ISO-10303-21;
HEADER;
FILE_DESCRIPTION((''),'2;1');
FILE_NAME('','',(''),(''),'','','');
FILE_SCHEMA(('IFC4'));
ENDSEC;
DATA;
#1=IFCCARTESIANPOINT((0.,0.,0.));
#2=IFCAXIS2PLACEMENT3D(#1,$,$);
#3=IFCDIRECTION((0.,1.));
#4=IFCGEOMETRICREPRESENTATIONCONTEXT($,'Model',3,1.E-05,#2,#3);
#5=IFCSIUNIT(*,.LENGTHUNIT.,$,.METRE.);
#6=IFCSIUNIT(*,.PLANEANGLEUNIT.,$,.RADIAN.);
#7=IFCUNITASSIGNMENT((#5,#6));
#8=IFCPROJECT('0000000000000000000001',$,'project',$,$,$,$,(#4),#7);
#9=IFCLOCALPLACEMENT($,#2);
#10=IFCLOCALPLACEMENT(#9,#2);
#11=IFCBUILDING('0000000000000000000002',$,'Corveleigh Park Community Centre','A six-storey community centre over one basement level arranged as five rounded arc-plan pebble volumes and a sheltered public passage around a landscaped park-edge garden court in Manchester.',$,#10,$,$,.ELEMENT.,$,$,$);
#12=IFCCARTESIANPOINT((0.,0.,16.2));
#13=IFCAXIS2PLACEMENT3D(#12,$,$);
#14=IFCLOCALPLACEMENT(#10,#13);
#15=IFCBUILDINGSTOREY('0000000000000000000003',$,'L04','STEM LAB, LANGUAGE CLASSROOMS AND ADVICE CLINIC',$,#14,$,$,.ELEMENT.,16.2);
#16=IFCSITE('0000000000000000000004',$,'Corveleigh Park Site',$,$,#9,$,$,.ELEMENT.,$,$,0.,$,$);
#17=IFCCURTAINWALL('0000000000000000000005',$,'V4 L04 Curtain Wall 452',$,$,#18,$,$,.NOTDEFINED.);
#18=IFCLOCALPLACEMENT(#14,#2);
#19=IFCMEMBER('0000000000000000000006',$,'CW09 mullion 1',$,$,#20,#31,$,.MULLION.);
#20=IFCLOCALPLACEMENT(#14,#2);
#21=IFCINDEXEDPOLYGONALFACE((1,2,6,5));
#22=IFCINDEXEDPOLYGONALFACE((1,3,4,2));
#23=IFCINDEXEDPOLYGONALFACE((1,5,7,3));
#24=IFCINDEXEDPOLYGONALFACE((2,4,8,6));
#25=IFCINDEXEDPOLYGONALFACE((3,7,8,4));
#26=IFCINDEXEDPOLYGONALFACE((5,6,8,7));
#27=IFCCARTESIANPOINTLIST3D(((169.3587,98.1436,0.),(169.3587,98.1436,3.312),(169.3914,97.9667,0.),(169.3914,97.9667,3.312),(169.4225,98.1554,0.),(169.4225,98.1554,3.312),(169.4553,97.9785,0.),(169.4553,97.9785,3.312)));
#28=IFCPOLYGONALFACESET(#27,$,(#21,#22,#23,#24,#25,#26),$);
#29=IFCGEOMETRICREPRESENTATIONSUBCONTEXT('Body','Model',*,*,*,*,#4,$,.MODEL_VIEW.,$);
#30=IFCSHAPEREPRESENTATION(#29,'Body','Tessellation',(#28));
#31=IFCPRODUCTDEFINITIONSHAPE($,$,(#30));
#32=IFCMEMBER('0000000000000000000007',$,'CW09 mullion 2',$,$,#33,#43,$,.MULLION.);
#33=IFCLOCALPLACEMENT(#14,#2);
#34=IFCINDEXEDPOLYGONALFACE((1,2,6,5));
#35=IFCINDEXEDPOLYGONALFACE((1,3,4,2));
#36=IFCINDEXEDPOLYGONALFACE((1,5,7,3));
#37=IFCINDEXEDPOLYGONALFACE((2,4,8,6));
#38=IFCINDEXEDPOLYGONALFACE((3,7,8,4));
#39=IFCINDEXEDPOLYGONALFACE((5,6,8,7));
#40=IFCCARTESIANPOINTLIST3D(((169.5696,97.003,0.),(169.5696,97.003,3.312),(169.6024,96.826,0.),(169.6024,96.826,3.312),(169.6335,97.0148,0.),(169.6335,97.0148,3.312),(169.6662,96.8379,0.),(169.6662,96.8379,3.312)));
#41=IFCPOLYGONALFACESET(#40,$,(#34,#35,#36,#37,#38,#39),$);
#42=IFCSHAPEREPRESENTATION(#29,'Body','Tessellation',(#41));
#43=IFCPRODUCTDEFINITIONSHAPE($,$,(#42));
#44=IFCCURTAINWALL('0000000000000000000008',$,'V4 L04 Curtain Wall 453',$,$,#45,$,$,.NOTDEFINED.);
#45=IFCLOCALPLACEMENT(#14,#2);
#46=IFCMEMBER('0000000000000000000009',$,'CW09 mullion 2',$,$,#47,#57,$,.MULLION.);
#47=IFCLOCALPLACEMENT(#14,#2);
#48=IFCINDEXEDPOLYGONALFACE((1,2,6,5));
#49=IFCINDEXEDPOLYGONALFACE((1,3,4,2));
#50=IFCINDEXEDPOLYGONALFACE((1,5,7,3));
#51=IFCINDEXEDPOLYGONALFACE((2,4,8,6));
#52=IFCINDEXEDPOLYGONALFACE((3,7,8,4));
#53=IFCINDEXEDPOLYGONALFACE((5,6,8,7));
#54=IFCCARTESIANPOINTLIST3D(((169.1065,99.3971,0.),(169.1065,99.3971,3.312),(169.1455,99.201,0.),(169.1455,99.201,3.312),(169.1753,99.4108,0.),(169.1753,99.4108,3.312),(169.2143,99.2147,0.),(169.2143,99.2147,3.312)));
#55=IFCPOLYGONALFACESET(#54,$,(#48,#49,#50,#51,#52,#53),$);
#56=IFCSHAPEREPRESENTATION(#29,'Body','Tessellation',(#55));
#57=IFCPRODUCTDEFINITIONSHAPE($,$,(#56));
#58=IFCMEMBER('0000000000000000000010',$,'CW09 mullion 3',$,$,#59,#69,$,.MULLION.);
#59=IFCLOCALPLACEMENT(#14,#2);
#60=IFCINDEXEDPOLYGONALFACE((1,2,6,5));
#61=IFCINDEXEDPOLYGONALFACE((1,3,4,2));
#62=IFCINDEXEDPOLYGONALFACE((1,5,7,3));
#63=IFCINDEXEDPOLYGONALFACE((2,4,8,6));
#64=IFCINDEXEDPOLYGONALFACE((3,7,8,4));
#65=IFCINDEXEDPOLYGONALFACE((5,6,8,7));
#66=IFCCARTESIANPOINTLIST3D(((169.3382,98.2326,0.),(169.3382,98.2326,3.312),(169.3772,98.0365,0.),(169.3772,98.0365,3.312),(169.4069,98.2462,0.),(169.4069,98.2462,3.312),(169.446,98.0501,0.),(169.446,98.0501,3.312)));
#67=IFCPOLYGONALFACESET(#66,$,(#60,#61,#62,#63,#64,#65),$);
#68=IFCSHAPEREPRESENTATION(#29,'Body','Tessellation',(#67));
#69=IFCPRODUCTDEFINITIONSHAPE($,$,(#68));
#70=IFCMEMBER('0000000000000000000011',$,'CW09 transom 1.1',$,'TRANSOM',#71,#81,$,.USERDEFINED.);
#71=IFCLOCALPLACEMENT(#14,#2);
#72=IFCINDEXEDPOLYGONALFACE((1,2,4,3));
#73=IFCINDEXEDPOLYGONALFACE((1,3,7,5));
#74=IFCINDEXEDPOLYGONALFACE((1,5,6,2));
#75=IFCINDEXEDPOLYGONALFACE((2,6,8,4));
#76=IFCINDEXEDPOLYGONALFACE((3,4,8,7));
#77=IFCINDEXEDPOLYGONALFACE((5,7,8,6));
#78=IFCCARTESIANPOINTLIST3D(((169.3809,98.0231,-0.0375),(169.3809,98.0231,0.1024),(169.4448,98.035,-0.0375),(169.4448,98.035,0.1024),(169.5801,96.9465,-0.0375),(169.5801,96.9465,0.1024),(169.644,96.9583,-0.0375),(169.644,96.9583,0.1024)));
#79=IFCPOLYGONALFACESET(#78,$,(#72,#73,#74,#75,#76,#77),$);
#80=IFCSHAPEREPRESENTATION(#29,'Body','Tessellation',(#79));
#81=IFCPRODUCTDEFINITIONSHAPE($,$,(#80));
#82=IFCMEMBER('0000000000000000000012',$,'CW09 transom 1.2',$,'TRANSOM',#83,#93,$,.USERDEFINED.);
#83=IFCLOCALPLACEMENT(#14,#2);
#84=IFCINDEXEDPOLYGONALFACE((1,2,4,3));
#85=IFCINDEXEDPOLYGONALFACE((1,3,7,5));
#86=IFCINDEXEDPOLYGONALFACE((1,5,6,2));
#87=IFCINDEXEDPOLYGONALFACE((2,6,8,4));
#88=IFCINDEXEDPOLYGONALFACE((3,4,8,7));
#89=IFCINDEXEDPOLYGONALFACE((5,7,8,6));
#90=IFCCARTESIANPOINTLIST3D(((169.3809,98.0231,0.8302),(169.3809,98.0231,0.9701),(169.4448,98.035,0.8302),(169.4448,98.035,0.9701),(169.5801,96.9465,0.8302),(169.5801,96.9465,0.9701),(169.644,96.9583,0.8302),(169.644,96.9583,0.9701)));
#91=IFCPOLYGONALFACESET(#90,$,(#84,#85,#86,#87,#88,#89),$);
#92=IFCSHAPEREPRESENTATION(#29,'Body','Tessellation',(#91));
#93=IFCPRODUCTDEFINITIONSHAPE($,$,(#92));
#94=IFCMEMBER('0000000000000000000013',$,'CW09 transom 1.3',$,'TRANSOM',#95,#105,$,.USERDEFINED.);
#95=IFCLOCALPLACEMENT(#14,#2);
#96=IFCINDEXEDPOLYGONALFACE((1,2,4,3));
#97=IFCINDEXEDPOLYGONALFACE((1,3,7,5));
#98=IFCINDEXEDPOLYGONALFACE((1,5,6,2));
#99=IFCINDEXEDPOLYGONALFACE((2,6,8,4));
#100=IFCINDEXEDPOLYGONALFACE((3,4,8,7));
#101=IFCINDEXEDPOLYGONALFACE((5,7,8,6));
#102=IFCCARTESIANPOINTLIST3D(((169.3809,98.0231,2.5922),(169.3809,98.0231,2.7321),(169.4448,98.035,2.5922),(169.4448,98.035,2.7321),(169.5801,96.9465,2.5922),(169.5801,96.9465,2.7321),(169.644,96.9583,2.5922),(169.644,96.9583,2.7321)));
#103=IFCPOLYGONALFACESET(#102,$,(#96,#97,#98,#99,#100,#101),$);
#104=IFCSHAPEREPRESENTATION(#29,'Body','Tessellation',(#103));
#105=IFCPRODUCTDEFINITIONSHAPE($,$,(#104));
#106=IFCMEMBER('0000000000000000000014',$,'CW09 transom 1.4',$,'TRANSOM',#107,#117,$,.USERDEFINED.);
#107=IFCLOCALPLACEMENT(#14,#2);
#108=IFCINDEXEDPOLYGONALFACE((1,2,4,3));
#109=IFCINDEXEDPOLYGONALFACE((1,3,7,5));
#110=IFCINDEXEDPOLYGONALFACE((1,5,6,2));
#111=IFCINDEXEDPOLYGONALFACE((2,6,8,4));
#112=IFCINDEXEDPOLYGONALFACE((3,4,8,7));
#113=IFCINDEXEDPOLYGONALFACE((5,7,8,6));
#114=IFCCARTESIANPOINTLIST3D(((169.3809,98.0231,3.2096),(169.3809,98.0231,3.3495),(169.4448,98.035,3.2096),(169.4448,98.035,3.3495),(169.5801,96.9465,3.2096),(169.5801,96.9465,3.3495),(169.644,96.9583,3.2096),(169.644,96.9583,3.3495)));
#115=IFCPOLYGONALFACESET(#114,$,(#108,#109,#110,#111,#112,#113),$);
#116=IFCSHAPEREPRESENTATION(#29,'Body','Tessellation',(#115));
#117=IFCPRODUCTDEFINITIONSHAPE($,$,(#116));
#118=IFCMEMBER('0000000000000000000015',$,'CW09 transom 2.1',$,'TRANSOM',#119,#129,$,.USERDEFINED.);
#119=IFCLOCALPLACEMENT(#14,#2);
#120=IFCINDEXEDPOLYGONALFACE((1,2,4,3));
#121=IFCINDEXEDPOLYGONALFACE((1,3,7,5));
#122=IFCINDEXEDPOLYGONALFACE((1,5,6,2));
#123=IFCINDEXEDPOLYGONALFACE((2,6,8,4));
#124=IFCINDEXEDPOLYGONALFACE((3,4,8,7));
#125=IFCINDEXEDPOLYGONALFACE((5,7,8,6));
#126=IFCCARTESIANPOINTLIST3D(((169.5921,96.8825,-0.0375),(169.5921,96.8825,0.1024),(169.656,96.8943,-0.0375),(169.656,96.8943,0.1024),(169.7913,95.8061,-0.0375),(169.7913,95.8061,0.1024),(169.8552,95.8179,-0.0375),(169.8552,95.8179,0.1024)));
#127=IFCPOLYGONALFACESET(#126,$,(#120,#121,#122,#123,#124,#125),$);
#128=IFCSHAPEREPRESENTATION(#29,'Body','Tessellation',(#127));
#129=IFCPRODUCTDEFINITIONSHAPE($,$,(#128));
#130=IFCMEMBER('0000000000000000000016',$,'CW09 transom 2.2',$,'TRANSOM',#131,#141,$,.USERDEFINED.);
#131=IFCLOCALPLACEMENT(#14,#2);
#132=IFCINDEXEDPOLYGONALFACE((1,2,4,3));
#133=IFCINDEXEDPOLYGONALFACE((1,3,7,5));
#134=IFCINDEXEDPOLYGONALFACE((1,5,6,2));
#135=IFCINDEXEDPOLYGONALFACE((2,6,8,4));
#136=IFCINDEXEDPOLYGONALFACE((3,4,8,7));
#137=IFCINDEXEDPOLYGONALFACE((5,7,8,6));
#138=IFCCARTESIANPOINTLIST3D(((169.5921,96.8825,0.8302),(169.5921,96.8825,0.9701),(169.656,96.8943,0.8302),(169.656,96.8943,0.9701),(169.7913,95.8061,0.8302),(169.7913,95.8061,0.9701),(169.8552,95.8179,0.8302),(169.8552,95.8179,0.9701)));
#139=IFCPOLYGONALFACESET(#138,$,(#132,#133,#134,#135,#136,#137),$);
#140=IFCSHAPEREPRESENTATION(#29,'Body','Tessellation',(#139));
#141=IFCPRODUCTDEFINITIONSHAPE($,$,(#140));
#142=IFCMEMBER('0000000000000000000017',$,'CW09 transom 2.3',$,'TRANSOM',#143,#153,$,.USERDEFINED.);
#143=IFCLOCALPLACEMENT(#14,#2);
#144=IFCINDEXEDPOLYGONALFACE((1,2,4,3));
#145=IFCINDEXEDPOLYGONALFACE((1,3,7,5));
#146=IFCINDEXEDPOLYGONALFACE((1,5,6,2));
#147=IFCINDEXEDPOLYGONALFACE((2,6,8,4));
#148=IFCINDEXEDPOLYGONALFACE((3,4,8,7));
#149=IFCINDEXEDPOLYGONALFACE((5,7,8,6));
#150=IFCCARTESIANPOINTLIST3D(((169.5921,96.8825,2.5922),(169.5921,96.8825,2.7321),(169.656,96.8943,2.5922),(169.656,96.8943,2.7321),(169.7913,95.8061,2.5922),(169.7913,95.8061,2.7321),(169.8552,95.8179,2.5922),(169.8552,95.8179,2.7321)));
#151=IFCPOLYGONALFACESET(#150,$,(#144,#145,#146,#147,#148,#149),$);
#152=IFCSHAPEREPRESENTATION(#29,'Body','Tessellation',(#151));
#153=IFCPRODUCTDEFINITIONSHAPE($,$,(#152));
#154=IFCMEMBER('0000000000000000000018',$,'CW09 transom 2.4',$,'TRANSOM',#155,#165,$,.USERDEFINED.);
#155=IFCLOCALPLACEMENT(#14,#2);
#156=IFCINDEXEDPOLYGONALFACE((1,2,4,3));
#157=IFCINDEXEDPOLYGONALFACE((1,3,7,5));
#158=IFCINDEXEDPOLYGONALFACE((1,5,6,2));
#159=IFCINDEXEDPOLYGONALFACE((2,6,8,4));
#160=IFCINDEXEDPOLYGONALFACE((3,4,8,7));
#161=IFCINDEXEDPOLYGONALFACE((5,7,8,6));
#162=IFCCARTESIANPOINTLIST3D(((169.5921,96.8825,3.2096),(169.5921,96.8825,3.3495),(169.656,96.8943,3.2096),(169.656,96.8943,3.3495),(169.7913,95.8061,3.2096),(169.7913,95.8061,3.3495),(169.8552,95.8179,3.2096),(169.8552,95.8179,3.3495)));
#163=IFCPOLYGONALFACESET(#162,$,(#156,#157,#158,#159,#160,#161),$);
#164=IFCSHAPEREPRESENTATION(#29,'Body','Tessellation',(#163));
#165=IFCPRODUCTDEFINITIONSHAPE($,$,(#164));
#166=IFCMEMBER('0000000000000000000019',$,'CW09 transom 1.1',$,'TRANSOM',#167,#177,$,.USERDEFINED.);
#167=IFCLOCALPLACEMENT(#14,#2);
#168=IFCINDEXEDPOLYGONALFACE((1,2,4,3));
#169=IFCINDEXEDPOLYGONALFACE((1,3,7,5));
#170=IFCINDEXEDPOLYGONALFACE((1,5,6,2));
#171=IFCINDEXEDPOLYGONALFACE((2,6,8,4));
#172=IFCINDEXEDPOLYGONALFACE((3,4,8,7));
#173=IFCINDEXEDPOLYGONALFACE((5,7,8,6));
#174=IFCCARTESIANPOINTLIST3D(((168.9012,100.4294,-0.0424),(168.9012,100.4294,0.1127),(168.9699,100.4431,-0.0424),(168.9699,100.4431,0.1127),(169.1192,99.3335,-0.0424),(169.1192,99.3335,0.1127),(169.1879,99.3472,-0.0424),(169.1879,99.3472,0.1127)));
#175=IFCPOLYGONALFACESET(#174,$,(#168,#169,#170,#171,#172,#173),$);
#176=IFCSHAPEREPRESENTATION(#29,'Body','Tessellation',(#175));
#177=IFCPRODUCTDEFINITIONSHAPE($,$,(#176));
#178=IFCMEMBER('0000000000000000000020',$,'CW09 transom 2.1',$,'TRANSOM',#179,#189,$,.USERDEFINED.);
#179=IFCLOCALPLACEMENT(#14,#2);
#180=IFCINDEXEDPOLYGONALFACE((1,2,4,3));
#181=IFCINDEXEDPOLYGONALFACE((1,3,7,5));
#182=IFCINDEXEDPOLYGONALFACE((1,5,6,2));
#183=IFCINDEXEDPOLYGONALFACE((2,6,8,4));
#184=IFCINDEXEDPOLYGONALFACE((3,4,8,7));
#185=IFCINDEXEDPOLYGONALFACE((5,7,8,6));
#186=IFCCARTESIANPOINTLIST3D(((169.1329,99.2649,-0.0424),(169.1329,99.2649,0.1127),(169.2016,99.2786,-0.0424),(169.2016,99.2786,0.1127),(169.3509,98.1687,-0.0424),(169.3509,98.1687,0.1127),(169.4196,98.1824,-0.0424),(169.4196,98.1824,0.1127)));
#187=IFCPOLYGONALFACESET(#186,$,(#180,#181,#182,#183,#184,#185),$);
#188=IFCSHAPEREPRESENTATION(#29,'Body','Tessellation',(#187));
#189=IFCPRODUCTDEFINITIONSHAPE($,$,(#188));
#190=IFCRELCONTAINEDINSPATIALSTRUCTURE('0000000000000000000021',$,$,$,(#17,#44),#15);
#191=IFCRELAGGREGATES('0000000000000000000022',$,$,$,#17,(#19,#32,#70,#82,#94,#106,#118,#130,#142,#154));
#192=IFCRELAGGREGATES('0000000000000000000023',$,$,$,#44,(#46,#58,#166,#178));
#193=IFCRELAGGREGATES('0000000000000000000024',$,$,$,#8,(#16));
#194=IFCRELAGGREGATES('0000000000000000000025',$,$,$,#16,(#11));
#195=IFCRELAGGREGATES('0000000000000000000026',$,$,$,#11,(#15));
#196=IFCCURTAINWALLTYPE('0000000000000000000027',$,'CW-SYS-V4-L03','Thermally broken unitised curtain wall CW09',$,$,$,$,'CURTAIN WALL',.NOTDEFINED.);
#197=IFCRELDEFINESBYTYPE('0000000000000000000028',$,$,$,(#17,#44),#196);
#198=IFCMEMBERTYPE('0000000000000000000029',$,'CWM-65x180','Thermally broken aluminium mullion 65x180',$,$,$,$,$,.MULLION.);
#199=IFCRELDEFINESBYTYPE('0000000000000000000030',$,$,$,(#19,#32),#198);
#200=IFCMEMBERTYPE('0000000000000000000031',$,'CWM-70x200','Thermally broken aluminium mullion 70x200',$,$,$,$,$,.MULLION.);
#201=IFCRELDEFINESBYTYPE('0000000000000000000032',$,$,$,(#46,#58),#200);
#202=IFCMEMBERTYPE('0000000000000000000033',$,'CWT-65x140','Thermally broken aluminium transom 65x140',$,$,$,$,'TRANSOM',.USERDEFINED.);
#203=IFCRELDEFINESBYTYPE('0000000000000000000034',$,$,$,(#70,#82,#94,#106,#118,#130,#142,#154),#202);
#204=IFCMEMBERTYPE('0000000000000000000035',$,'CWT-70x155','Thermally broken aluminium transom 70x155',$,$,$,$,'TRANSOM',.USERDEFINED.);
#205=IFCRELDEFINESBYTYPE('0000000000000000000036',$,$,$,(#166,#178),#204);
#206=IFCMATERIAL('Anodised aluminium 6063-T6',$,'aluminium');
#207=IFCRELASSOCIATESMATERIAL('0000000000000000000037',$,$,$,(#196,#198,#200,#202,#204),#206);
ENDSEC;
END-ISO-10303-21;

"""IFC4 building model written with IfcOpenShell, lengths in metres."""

from ifc_helpers import new_model, si_unit, direction, frame, origin, origin_2d, place, context, subcontext, project, spatial, rectangle, extrude, material, material_profile, profile_set, type_object, element, aggregate, save


model = new_model("IFC4")

# Units and contexts
model_context = context("Model", 3, precision=1e-05, world=origin(), true_north=direction((0.0, 1.0)))
body_context = subcontext(model_context, "Body", "Model", "MODEL_VIEW")
ifc_project = project(units=[si_unit("LENGTHUNIT", "METRE"), si_unit("PLANEANGLEUNIT", "RADIAN")], contexts=[model_context])

# Site, building, storey
site_placement = place(None, origin())
site = spatial("IfcSite", under=ifc_project, at=site_placement, Name="Corveleigh Park Site", CompositionType="ELEMENT", RefElevation=0.0)
building_placement = place(site_placement, origin())
building = spatial("IfcBuilding", under=site, at=building_placement, Name="Corveleigh Park Community Centre", Description="A six-storey community centre over one basement level arranged as five rounded arc-plan pebble volumes and a sheltered public passage around a landscaped park-edge garden court in Manchester.", CompositionType="ELEMENT")
storey_placement = place(building_placement, frame((0.0, 0.0, 16.2)))
storey = spatial("IfcBuildingStorey", under=building, at=storey_placement, Name="L04", Description="STEM LAB, LANGUAGE CLASSROOMS AND ADVICE CLINIC", CompositionType="ELEMENT", Elevation=16.2)

# Curtain walls, members
ifc_material_1 = material(Name="Anodised aluminium 6063-T6", Category="aluminium")
curtain_wall_type = type_object("IfcCurtainWallType", Name="CW-SYS-V4-L03", Description="Thermally broken unitised curtain wall CW09", ElementType="CURTAIN WALL", PredefinedType="NOTDEFINED", material=ifc_material_1)
curtain_wall_1_placement = place(storey_placement, origin())
curtain_wall_1 = element("IfcCurtainWall", 1, at=curtain_wall_1_placement, inside=storey, type_object=curtain_wall_type, Name="V4 L04 Curtain Wall 452", PredefinedType="NOTDEFINED")
ifc_material_profile_1 = material_profile(ifc_material_1, rectangle(XDim=0.0649, YDim=0.1799, at=origin_2d()), Name="ALU-M65x180", Category="aluminium")
ifc_profile_set_1 = profile_set([ifc_material_profile_1], Name="Anodised aluminium 6063-T6")
member_type_1 = type_object("IfcMemberType", Name="CWM-65x180", Description="Thermally broken aluminium mullion 65x180", PredefinedType="MULLION", material=ifc_profile_set_1)
member_1_placement = place(storey_placement, frame((169.407, 98.061, 0.0), z_axis=(0.0, 0.0, 1.0), x_axis=(0.983301, 0.181984, 0.0)))
member_1 = element("IfcMember", 2, at=member_1_placement, type_object=member_type_1, Name="CW09 mullion 1", PredefinedType="MULLION", context=body_context, shape_type="SweptSolid", body=[
    extrude(rectangle(XDim=0.0649, YDim=0.1799, at=origin_2d()), origin(), (0.0, 0.0, 1.0), 3.312),
])
member_2_placement = place(storey_placement, frame((169.6179, 96.9204, 0.0), z_axis=(0.0, 0.0, 1.0), x_axis=(0.983301, 0.181984, 0.0)))
member_2 = element("IfcMember", 3, at=member_2_placement, type_object=member_type_1, Name="CW09 mullion 2", PredefinedType="MULLION", context=body_context, shape_type="SweptSolid", body=[
    extrude(rectangle(XDim=0.0649, YDim=0.1799, at=origin_2d()), origin(), (0.0, 0.0, 1.0), 3.312),
])
curtain_wall_2_placement = place(storey_placement, origin())
curtain_wall_2 = element("IfcCurtainWall", 4, at=curtain_wall_2_placement, inside=storey, type_object=curtain_wall_type, Name="V4 L04 Curtain Wall 453", PredefinedType="NOTDEFINED")
ifc_material_profile_2 = material_profile(ifc_material_1, rectangle(XDim=0.0701, YDim=0.2, at=origin_2d()), Name="ALU-M70x200", Category="aluminium")
ifc_profile_set_2 = profile_set([ifc_material_profile_2], Name="Anodised aluminium 6063-T6")
member_type_2 = type_object("IfcMemberType", Name="CWM-70x200", Description="Thermally broken aluminium mullion 70x200", PredefinedType="MULLION", material=ifc_profile_set_2)
member_3_placement = place(storey_placement, frame((169.1604, 99.3059, 0.0), z_axis=(0.0, 0.0, 1.0), x_axis=(0.980785, 0.195094, 0.0)))
member_3 = element("IfcMember", 5, at=member_3_placement, type_object=member_type_2, Name="CW09 mullion 2", PredefinedType="MULLION", context=body_context, shape_type="SweptSolid", body=[
    extrude(rectangle(XDim=0.0701, YDim=0.2, at=origin_2d()), origin(), (0.0, 0.0, 1.0), 3.312),
])
member_4_placement = place(storey_placement, frame((169.3921, 98.1414, 0.0), z_axis=(0.0, 0.0, 1.0), x_axis=(0.980785, 0.195094, 0.0)))
member_4 = element("IfcMember", 6, at=member_4_placement, type_object=member_type_2, Name="CW09 mullion 3", PredefinedType="MULLION", context=body_context, shape_type="SweptSolid", body=[
    extrude(rectangle(XDim=0.0701, YDim=0.2, at=origin_2d()), origin(), (0.0, 0.0, 1.0), 3.312),
])

# Members
ifc_material_profile_3 = material_profile(ifc_material_1, rectangle(XDim=0.0649, YDim=0.1399, at=origin_2d()), Name="ALU-T65x140", Category="aluminium")
ifc_profile_set_3 = profile_set([ifc_material_profile_3], Name="Anodised aluminium 6063-T6")
member_type_3 = type_object("IfcMemberType", Name="CWT-65x140", Description="Thermally broken aluminium transom 65x140", ElementType="TRANSOM", PredefinedType="USERDEFINED", material=ifc_profile_set_3)
member_5_placement = place(storey_placement, frame((169.4128, 98.0291, 0.0325), z_axis=(0.181946, -0.983309, 0.0), x_axis=(0.983309, 0.181946, 0.0)))
member_5 = element("IfcMember", 7, at=member_5_placement, type_object=member_type_3, Name="CW09 transom 1.1", ObjectType="TRANSOM", PredefinedType="USERDEFINED", context=body_context, shape_type="SweptSolid", body=[
    extrude(rectangle(XDim=0.0649, YDim=0.1399, at=origin_2d()), origin(), (0.0, 0.0, 1.0), 1.095),
])
member_6_placement = place(storey_placement, frame((169.4128, 98.0291, 0.9001), z_axis=(0.181946, -0.983309, 0.0), x_axis=(0.983309, 0.181946, 0.0)))
member_6 = element("IfcMember", 8, at=member_6_placement, type_object=member_type_3, Name="CW09 transom 1.2", ObjectType="TRANSOM", PredefinedType="USERDEFINED", context=body_context, shape_type="SweptSolid", body=[
    extrude(rectangle(XDim=0.0649, YDim=0.1399, at=origin_2d()), origin(), (0.0, 0.0, 1.0), 1.095),
])
member_7_placement = place(storey_placement, frame((169.4128, 98.0291, 2.6621), z_axis=(0.181946, -0.983309, 0.0), x_axis=(0.983309, 0.181946, 0.0)))
member_7 = element("IfcMember", 9, at=member_7_placement, type_object=member_type_3, Name="CW09 transom 1.3", ObjectType="TRANSOM", PredefinedType="USERDEFINED", context=body_context, shape_type="SweptSolid", body=[
    extrude(rectangle(XDim=0.0649, YDim=0.1399, at=origin_2d()), origin(), (0.0, 0.0, 1.0), 1.095),
])
member_8_placement = place(storey_placement, frame((169.4128, 98.0291, 3.2795), z_axis=(0.181946, -0.983309, 0.0), x_axis=(0.983309, 0.181946, 0.0)))
member_8 = element("IfcMember", 10, at=member_8_placement, type_object=member_type_3, Name="CW09 transom 1.4", ObjectType="TRANSOM", PredefinedType="USERDEFINED", context=body_context, shape_type="SweptSolid", body=[
    extrude(rectangle(XDim=0.0649, YDim=0.1399, at=origin_2d()), origin(), (0.0, 0.0, 1.0), 1.095),
])
member_9_placement = place(storey_placement, frame((169.624, 96.8884, 0.0325), z_axis=(0.181985, -0.983301, 0.0), x_axis=(0.983301, 0.181985, 0.0)))
member_9 = element("IfcMember", 11, at=member_9_placement, type_object=member_type_3, Name="CW09 transom 2.1", ObjectType="TRANSOM", PredefinedType="USERDEFINED", context=body_context, shape_type="SweptSolid", body=[
    extrude(rectangle(XDim=0.0649, YDim=0.1399, at=origin_2d()), origin(), (0.0, 0.0, 1.0), 1.0947),
])
member_10_placement = place(storey_placement, frame((169.624, 96.8884, 0.9001), z_axis=(0.181985, -0.983301, 0.0), x_axis=(0.983301, 0.181985, 0.0)))
member_10 = element("IfcMember", 12, at=member_10_placement, type_object=member_type_3, Name="CW09 transom 2.2", ObjectType="TRANSOM", PredefinedType="USERDEFINED", context=body_context, shape_type="SweptSolid", body=[
    extrude(rectangle(XDim=0.0649, YDim=0.1399, at=origin_2d()), origin(), (0.0, 0.0, 1.0), 1.0947),
])
member_11_placement = place(storey_placement, frame((169.624, 96.8884, 2.6621), z_axis=(0.181985, -0.983301, 0.0), x_axis=(0.983301, 0.181985, 0.0)))
member_11 = element("IfcMember", 13, at=member_11_placement, type_object=member_type_3, Name="CW09 transom 2.3", ObjectType="TRANSOM", PredefinedType="USERDEFINED", context=body_context, shape_type="SweptSolid", body=[
    extrude(rectangle(XDim=0.0649, YDim=0.1399, at=origin_2d()), origin(), (0.0, 0.0, 1.0), 1.0947),
])
member_12_placement = place(storey_placement, frame((169.624, 96.8884, 3.2795), z_axis=(0.181985, -0.983301, 0.0), x_axis=(0.983301, 0.181985, 0.0)))
member_12 = element("IfcMember", 14, at=member_12_placement, type_object=member_type_3, Name="CW09 transom 2.4", ObjectType="TRANSOM", PredefinedType="USERDEFINED", context=body_context, shape_type="SweptSolid", body=[
    extrude(rectangle(XDim=0.0649, YDim=0.1399, at=origin_2d()), origin(), (0.0, 0.0, 1.0), 1.0947),
])
ifc_material_profile_4 = material_profile(ifc_material_1, rectangle(XDim=0.0701, YDim=0.155, at=origin_2d()), Name="ALU-T70x155", Category="aluminium")
ifc_profile_set_4 = profile_set([ifc_material_profile_4], Name="Anodised aluminium 6063-T6")
member_type_4 = type_object("IfcMemberType", Name="CWT-70x155", Description="Thermally broken aluminium transom 70x155", ElementType="TRANSOM", PredefinedType="USERDEFINED", material=ifc_profile_set_4)
member_13_placement = place(storey_placement, frame((168.9355, 100.4363, 0.0352), z_axis=(0.195108, -0.980782, 0.0), x_axis=(0.980782, 0.195108, 0.0)))
member_13 = element("IfcMember", 15, at=member_13_placement, type_object=member_type_4, Name="CW09 transom 1.1", ObjectType="TRANSOM", PredefinedType="USERDEFINED", context=body_context, shape_type="SweptSolid", body=[
    extrude(rectangle(XDim=0.0701, YDim=0.155, at=origin_2d()), origin(), (0.0, 0.0, 1.0), 1.1174),
])
member_14_placement = place(storey_placement, frame((169.1672, 99.2717, 0.0352), z_axis=(0.195066, -0.98079, 0.0), x_axis=(0.98079, 0.195066, 0.0)))
member_14 = element("IfcMember", 16, at=member_14_placement, type_object=member_type_4, Name="CW09 transom 2.1", ObjectType="TRANSOM", PredefinedType="USERDEFINED", context=body_context, shape_type="SweptSolid", body=[
    extrude(rectangle(XDim=0.0701, YDim=0.155, at=origin_2d()), origin(), (0.0, 0.0, 1.0), 1.1177),
])

aggregate(curtain_wall_1, [member_1, member_2, member_5, member_6, member_7, member_8, member_9, member_10, member_11, member_12])
aggregate(curtain_wall_2, [member_3, member_4, member_13, member_14])

save(model, "model.ifc")
